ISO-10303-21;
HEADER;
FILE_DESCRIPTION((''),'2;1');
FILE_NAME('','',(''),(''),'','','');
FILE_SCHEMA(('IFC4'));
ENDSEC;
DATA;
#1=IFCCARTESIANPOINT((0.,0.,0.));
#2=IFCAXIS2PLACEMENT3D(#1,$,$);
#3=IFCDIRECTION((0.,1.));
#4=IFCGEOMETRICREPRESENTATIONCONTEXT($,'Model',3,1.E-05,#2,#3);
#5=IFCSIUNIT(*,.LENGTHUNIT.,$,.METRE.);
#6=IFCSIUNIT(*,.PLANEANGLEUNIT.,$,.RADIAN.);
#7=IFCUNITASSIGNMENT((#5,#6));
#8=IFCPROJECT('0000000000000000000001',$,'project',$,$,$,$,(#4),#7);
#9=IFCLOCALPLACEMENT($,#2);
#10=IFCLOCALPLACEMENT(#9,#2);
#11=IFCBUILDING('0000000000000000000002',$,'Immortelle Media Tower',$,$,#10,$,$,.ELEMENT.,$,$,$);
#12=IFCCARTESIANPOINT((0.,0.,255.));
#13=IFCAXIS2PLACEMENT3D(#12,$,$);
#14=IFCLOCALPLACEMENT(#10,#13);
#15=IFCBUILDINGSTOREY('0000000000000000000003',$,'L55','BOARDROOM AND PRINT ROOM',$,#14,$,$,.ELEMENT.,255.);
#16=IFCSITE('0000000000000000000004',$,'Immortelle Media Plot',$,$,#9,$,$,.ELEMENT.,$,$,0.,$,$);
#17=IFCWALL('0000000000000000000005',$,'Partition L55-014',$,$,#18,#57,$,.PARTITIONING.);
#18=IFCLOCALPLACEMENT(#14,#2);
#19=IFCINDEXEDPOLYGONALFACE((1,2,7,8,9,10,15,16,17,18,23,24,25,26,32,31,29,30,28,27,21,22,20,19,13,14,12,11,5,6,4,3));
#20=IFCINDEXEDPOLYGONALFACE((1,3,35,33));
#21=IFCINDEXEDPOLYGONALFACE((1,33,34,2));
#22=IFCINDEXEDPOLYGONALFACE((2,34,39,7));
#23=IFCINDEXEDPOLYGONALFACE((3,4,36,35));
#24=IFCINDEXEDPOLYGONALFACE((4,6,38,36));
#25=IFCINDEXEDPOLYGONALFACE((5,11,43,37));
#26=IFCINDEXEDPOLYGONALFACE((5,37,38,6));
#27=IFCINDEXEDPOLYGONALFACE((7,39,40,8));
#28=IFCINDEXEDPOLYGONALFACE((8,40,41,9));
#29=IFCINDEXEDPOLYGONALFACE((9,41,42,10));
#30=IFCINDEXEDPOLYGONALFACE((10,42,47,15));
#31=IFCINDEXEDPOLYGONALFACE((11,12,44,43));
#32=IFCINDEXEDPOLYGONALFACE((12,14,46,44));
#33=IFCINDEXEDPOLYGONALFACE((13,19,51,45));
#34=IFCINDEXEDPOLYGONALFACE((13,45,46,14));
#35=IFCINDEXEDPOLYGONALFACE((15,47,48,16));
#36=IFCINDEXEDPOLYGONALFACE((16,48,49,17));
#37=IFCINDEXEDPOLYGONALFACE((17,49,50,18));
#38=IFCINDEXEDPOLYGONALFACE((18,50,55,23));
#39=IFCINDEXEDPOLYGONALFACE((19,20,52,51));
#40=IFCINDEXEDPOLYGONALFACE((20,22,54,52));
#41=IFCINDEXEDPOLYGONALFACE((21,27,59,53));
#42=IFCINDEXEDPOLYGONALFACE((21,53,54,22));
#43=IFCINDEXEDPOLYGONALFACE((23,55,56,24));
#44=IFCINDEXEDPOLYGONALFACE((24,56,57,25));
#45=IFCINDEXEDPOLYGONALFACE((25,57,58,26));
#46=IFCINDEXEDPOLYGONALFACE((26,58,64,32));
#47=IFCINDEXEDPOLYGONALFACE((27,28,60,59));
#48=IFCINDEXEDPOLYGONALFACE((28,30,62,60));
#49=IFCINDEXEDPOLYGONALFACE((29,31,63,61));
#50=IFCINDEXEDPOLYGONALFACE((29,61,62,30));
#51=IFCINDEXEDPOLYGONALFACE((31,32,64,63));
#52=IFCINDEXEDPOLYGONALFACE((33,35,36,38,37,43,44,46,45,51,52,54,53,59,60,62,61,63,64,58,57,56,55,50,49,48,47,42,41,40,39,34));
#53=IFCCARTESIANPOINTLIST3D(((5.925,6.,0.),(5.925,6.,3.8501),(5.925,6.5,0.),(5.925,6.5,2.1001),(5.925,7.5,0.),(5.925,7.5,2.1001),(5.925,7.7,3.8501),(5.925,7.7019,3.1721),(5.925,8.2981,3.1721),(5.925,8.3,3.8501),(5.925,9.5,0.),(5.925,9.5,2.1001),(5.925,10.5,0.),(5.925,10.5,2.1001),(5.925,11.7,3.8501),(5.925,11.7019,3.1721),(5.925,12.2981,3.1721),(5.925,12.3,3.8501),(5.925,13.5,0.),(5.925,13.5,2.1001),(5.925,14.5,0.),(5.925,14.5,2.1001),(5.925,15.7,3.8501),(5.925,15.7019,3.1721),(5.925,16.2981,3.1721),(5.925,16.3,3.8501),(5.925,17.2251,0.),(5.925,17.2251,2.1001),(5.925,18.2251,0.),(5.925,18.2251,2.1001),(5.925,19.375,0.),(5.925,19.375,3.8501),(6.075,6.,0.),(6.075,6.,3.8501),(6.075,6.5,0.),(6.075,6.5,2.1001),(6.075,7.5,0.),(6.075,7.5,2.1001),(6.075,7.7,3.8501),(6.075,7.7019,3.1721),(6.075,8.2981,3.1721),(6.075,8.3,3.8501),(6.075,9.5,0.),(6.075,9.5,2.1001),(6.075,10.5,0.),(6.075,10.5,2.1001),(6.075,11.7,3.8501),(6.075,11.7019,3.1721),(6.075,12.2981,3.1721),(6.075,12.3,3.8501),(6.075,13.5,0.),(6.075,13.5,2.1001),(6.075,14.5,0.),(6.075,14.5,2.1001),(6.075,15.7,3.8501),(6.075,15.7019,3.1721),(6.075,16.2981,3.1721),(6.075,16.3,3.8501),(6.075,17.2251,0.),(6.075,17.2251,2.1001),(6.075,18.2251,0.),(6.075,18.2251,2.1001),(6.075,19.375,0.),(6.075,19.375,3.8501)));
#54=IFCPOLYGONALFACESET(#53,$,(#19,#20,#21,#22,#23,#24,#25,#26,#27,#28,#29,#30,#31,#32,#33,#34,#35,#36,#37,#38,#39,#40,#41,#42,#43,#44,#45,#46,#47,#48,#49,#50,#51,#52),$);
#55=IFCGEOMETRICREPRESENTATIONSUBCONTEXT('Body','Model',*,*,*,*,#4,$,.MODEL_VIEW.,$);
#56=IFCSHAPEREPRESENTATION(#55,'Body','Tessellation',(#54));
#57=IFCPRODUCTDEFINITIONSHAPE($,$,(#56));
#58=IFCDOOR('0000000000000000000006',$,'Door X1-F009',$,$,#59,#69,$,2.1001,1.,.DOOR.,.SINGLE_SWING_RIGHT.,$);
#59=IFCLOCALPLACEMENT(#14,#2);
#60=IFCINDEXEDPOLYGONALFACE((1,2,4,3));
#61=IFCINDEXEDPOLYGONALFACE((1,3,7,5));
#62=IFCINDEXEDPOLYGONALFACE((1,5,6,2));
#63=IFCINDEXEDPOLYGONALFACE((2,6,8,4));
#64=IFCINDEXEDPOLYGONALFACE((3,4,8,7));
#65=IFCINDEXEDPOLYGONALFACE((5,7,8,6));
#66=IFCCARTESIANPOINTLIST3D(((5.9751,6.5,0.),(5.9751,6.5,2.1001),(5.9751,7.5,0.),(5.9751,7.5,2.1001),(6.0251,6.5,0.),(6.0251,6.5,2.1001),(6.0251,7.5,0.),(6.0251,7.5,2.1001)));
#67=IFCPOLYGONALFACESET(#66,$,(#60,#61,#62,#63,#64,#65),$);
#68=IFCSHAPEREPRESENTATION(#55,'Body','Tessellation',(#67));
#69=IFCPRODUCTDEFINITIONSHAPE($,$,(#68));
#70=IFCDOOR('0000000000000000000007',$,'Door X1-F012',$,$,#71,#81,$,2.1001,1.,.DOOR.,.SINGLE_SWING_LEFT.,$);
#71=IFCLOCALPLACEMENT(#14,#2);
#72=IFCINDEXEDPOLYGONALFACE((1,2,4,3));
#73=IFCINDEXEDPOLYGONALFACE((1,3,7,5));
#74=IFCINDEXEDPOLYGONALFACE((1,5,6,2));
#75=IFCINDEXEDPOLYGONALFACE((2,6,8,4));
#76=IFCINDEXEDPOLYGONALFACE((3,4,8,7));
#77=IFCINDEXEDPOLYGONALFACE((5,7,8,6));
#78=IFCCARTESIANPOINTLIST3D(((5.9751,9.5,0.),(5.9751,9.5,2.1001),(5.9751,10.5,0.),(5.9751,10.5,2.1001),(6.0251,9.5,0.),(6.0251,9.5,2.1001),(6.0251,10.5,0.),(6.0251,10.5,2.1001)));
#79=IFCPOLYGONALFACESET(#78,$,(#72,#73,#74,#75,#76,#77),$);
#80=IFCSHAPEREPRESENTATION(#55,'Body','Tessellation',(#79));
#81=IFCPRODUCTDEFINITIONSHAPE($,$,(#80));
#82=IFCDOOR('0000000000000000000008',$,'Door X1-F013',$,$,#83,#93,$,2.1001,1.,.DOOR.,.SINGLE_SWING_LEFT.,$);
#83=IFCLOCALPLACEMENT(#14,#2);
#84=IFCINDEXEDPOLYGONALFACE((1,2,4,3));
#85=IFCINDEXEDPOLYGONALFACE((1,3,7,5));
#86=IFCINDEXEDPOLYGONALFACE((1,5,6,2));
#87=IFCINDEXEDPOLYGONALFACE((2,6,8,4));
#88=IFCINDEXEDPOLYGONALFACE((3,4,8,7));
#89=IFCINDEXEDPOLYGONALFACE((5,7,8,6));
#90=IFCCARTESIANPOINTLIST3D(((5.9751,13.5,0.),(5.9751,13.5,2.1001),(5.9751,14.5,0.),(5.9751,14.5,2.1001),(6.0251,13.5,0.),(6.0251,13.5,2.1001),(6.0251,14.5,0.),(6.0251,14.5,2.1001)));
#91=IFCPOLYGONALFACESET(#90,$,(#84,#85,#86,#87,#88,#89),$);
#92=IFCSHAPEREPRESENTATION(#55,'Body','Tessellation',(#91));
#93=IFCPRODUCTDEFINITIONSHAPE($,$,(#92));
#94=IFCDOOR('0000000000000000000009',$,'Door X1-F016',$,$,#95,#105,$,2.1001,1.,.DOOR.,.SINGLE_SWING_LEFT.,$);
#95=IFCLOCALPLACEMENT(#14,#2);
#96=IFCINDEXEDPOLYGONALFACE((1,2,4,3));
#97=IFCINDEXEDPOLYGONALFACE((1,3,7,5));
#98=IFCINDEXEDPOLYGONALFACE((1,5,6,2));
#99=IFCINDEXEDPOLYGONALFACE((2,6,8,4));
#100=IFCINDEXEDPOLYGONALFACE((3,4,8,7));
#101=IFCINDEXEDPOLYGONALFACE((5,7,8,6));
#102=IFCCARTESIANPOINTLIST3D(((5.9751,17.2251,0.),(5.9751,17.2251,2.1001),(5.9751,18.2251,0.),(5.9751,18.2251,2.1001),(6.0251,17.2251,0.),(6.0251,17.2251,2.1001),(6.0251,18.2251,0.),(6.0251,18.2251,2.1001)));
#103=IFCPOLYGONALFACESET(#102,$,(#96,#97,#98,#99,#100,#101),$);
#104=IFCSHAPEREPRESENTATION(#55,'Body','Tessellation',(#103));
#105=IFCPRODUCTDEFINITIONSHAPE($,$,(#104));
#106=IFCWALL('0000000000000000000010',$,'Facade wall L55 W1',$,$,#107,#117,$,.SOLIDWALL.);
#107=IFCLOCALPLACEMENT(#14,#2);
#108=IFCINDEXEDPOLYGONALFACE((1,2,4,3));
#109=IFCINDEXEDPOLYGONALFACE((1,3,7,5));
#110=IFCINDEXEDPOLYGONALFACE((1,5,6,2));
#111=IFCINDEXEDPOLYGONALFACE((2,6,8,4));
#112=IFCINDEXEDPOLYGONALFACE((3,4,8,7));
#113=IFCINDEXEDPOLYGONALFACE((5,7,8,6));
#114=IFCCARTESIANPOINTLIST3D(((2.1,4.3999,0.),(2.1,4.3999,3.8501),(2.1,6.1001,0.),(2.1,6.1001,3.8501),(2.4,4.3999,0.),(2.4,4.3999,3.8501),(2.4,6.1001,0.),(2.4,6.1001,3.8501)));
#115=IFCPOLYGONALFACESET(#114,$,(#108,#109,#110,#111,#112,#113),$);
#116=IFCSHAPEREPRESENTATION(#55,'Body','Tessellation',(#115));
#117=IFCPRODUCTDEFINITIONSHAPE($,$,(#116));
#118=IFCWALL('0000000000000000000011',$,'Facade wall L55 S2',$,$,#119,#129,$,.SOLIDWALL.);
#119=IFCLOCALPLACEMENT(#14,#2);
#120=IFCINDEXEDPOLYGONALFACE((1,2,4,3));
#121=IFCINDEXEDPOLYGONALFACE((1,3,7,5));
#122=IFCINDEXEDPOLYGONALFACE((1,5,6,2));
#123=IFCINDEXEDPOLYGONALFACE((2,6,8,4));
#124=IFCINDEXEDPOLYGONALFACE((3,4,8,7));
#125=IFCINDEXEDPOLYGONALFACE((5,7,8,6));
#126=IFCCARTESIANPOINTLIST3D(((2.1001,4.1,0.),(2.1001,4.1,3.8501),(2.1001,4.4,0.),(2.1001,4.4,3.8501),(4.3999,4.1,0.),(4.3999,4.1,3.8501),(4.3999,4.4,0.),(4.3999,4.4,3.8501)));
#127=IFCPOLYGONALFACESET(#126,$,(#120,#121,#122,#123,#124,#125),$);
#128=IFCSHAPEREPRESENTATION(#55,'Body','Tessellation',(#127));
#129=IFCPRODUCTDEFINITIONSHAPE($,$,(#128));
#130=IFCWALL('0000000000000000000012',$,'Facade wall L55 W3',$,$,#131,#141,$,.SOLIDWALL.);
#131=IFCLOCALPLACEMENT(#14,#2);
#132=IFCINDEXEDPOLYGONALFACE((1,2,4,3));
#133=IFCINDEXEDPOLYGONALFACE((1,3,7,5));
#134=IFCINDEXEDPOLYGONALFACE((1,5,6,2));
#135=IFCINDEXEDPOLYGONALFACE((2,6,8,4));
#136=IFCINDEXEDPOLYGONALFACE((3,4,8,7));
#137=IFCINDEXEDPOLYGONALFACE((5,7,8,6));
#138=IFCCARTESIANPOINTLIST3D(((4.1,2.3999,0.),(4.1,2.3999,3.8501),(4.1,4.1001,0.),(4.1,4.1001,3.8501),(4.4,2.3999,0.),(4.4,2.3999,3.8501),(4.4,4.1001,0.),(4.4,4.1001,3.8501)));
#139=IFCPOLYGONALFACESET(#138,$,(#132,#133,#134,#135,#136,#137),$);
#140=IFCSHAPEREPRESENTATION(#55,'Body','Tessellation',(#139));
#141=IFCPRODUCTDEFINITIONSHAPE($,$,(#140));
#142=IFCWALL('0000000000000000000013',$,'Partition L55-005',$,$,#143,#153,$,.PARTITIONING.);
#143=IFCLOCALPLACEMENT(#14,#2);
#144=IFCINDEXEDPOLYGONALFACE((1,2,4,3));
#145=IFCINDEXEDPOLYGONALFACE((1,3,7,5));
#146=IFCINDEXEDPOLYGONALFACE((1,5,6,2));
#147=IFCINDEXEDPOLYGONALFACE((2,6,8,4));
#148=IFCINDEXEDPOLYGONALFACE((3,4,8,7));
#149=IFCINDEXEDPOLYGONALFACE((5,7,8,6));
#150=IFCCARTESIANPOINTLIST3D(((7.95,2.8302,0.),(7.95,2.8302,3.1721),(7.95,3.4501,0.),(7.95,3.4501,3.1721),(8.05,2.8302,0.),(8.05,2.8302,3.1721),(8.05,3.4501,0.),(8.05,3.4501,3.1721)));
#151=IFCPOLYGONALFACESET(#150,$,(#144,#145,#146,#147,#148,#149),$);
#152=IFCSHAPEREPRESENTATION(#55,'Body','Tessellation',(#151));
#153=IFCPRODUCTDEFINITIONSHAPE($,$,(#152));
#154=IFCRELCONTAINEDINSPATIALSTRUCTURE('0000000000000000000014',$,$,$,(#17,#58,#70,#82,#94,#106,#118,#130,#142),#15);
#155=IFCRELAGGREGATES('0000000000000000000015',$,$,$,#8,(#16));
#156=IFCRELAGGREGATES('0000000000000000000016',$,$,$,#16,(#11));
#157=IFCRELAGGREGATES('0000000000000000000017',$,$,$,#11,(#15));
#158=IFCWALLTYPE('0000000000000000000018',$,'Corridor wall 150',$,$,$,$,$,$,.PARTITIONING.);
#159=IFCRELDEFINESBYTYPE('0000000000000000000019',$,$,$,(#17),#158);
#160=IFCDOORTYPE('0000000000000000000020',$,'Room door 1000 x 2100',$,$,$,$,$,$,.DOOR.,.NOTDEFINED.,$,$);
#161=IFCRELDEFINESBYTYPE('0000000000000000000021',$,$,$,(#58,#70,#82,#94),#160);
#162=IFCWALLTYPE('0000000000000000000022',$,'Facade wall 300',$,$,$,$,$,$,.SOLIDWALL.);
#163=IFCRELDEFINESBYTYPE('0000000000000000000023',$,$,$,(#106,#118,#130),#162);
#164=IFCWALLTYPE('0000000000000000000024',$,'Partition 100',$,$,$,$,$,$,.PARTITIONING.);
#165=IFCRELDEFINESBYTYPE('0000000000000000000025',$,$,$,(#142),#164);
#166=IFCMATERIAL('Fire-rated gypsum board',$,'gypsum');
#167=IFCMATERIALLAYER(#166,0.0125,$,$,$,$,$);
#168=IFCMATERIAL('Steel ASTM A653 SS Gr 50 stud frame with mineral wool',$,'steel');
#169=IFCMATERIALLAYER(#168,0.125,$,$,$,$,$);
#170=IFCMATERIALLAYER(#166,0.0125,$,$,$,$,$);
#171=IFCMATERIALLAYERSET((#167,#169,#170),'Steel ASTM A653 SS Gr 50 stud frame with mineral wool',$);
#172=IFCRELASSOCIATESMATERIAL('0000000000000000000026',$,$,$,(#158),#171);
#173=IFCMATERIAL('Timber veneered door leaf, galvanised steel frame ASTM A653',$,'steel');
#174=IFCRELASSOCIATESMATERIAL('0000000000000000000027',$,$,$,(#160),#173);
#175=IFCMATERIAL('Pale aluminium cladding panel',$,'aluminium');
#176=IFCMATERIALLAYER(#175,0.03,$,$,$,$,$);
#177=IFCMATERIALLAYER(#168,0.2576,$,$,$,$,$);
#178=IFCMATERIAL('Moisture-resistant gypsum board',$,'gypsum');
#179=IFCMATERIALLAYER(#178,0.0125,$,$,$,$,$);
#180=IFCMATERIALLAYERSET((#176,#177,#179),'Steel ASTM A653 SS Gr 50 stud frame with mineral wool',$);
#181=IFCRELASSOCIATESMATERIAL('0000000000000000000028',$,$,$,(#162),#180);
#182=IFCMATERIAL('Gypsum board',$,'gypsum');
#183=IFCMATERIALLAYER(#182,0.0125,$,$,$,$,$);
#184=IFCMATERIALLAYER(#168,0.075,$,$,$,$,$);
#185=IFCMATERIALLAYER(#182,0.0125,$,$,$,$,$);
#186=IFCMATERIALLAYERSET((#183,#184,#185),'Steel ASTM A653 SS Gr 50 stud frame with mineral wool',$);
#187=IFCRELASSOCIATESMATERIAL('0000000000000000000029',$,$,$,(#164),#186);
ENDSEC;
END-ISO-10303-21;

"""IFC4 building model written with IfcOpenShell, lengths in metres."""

from ifc_helpers import new_model, si_unit, direction, frame, frame_2d, origin, place, context, subcontext, project, spatial, polyline, rectangle, outline, extrude, material, layer, layer_set, type_object, element, fill, save


model = new_model("IFC4")

# Units and contexts
model_context = context("Model", 3, precision=1e-05, world=origin(), true_north=direction((0.0, 1.0)))
body_context = subcontext(model_context, "Body", "Model", "MODEL_VIEW")
ifc_project = project(units=[si_unit("LENGTHUNIT", "METRE"), si_unit("PLANEANGLEUNIT", "RADIAN")], contexts=[model_context])

# Site, building, storey
site_placement = place(None, origin())
site = spatial("IfcSite", under=ifc_project, at=site_placement, Name="Immortelle Media Plot", CompositionType="ELEMENT", RefElevation=0.0)
building_placement = place(site_placement, origin())
building = spatial("IfcBuilding", under=site, at=building_placement, Name="Immortelle Media Tower", CompositionType="ELEMENT")
storey_placement = place(building_placement, frame((0.0, 0.0, 255.0)))
storey = spatial("IfcBuildingStorey", under=building, at=storey_placement, Name="L55", Description="BOARDROOM AND PRINT ROOM", CompositionType="ELEMENT", Elevation=255.0)

# Wall, openings, doors
ifc_material_1 = material(Name="Fire-rated gypsum board", Category="gypsum")
ifc_layer_1 = layer(ifc_material_1, 0.0125)
ifc_material_2 = material(Name="Steel ASTM A653 SS Gr 50 stud frame with mineral wool", Category="steel")
ifc_layer_2 = layer(ifc_material_2, 0.125)
ifc_layer_3 = layer(ifc_material_1, 0.0125)
ifc_layer_set_1 = layer_set([ifc_layer_1, ifc_layer_2, ifc_layer_3], Name="Steel ASTM A653 SS Gr 50 stud frame with mineral wool")
wall_type_1 = type_object("IfcWallType", Name="Corridor wall 150", PredefinedType="PARTITIONING", material=ifc_layer_set_1)
ifc_material_3 = material(Name="Timber veneered door leaf, galvanised steel frame ASTM A653", Category="steel")
door_type = type_object("IfcDoorType", Name="Room door 1000 x 2100", OperationType="NOTDEFINED", PredefinedType="DOOR", material=ifc_material_3)
wall_1_placement = place(storey_placement, frame((6.0, 6.0, 0.0), z_axis=(0.0, 0.0, 1.0), x_axis=(0.0, 1.0, 0.0)))
wall_1 = element("IfcWall", 1, at=wall_1_placement, inside=storey, type_object=wall_type_1, Name="Partition L55-014", PredefinedType="PARTITIONING", context=body_context, shape_type="SweptSolid", body=[
    extrude(outline(polyline([(0.0, 0.0), (13.375, 0.0), (13.375, 3.8501), (10.3, 3.8501), (10.2981, 3.1721), (9.7019, 3.1721), (9.7, 3.8501), (6.3, 3.8501), (6.2981, 3.1721), (5.7019, 3.1721), (5.7, 3.8501), (2.3, 3.8501), (2.2981, 3.1721), (1.7019, 3.1721), (1.7, 3.8501), (0.0, 3.8501), (0.0, 0.0)])), frame((0.0, 0.075, 0.0), z_axis=(0.0, -1.0, 0.0), x_axis=(1.0, 0.0, 0.0)), (0.0, 0.0, 1.0), 0.1499),
])
opening_1_placement = place(wall_1_placement, frame((0.5, 0.0, 0.0)))
opening_1 = element("IfcOpeningElement", 2, at=opening_1_placement, cuts=wall_1, PredefinedType="OPENING", context=body_context, shape_type="SweptSolid", body=[
    extrude(rectangle(XDim=1.0, YDim=2.1001, at=frame_2d((0.5, 1.05))), frame((0.0, 0.085, 0.0), z_axis=(0.0, -1.0, 0.0), x_axis=(1.0, 0.0, 0.0)), (0.0, 0.0, 1.0), 0.1699),
])
opening_2_placement = place(wall_1_placement, frame((3.5, 0.0, 0.0)))
opening_2 = element("IfcOpeningElement", 3, at=opening_2_placement, cuts=wall_1, PredefinedType="OPENING", context=body_context, shape_type="SweptSolid", body=[
    extrude(rectangle(XDim=1.0, YDim=2.1001, at=frame_2d((0.5, 1.05))), frame((0.0, 0.085, 0.0), z_axis=(0.0, -1.0, 0.0), x_axis=(1.0, 0.0, 0.0)), (0.0, 0.0, 1.0), 0.1699),
])
opening_3_placement = place(wall_1_placement, frame((7.5, 0.0, 0.0)))
opening_3 = element("IfcOpeningElement", 4, at=opening_3_placement, cuts=wall_1, PredefinedType="OPENING", context=body_context, shape_type="SweptSolid", body=[
    extrude(rectangle(XDim=1.0, YDim=2.1001, at=frame_2d((0.5, 1.05))), frame((0.0, 0.085, 0.0), z_axis=(0.0, -1.0, 0.0), x_axis=(1.0, 0.0, 0.0)), (0.0, 0.0, 1.0), 0.1699),
])
opening_4_placement = place(wall_1_placement, frame((11.2251, 0.0, 0.0)))
opening_4 = element("IfcOpeningElement", 5, at=opening_4_placement, cuts=wall_1, PredefinedType="OPENING", context=body_context, shape_type="SweptSolid", body=[
    extrude(rectangle(XDim=1.0, YDim=2.1001, at=frame_2d((0.5, 1.05))), frame((0.0, 0.085, 0.0), z_axis=(0.0, -1.0, 0.0), x_axis=(1.0, 0.0, 0.0)), (0.0, 0.0, 1.0), 0.1699),
])
door_1_placement = place(opening_1_placement, origin())
door_1 = element("IfcDoor", 6, at=door_1_placement, inside=storey, type_object=door_type, Name="Door X1-F009", OperationType="SINGLE_SWING_RIGHT", OverallHeight=2.1001, OverallWidth=1.0, PredefinedType="DOOR", context=body_context, shape_type="SweptSolid", body=[
    extrude(rectangle(XDim=1.0, YDim=2.1001, at=frame_2d((0.5, 1.05))), frame((0.0, 0.0249, 0.0), z_axis=(0.0, -1.0, 0.0), x_axis=(1.0, 0.0, 0.0)), (0.0, 0.0, 1.0), 0.05),
])
fill(opening_1, door_1)
door_2_placement = place(opening_2_placement, origin())
door_2 = element("IfcDoor", 7, at=door_2_placement, inside=storey, type_object=door_type, Name="Door X1-F012", OperationType="SINGLE_SWING_LEFT", OverallHeight=2.1001, OverallWidth=1.0, PredefinedType="DOOR", context=body_context, shape_type="SweptSolid", body=[
    extrude(rectangle(XDim=1.0, YDim=2.1001, at=frame_2d((0.5, 1.05))), frame((0.0, 0.0249, 0.0), z_axis=(0.0, -1.0, 0.0), x_axis=(1.0, 0.0, 0.0)), (0.0, 0.0, 1.0), 0.05),
])
fill(opening_2, door_2)
door_3_placement = place(opening_3_placement, origin())
door_3 = element("IfcDoor", 8, at=door_3_placement, inside=storey, type_object=door_type, Name="Door X1-F013", OperationType="SINGLE_SWING_LEFT", OverallHeight=2.1001, OverallWidth=1.0, PredefinedType="DOOR", context=body_context, shape_type="SweptSolid", body=[
    extrude(rectangle(XDim=1.0, YDim=2.1001, at=frame_2d((0.5, 1.05))), frame((0.0, 0.0249, 0.0), z_axis=(0.0, -1.0, 0.0), x_axis=(1.0, 0.0, 0.0)), (0.0, 0.0, 1.0), 0.05),
])
fill(opening_3, door_3)
door_4_placement = place(opening_4_placement, origin())
door_4 = element("IfcDoor", 9, at=door_4_placement, inside=storey, type_object=door_type, Name="Door X1-F016", OperationType="SINGLE_SWING_LEFT", OverallHeight=2.1001, OverallWidth=1.0, PredefinedType="DOOR", context=body_context, shape_type="SweptSolid", body=[
    extrude(rectangle(XDim=1.0, YDim=2.1001, at=frame_2d((0.5, 1.05))), frame((0.0, 0.0249, 0.0), z_axis=(0.0, -1.0, 0.0), x_axis=(1.0, 0.0, 0.0)), (0.0, 0.0, 1.0), 0.05),
])
fill(opening_4, door_4)

# Walls
ifc_material_4 = material(Name="Pale aluminium cladding panel", Category="aluminium")
ifc_layer_4 = layer(ifc_material_4, 0.03)
ifc_layer_5 = layer(ifc_material_2, 0.2576)
ifc_material_5 = material(Name="Moisture-resistant gypsum board", Category="gypsum")
ifc_layer_6 = layer(ifc_material_5, 0.0125)
ifc_layer_set_2 = layer_set([ifc_layer_4, ifc_layer_5, ifc_layer_6], Name="Steel ASTM A653 SS Gr 50 stud frame with mineral wool")
wall_type_2 = type_object("IfcWallType", Name="Facade wall 300", PredefinedType="SOLIDWALL", material=ifc_layer_set_2)
wall_2_placement = place(storey_placement, frame((2.25, 6.1001, 0.0), z_axis=(0.0, 0.0, 1.0), x_axis=(0.0, -1.0, 0.0)))
element("IfcWall", 10, at=wall_2_placement, inside=storey, type_object=wall_type_2, Name="Facade wall L55 W1", PredefinedType="SOLIDWALL", context=body_context, shape_type="SweptSolid", body=[
    extrude(rectangle(XDim=1.7002, YDim=0.3, at=frame_2d((0.8501, 0.0))), origin(), (0.0, 0.0, 1.0), 3.8501),
])
wall_3_placement = place(storey_placement, frame((2.1001, 4.25, 0.0), z_axis=(0.0, 0.0, 1.0), x_axis=(1.0, 0.0, 0.0)))
element("IfcWall", 11, at=wall_3_placement, inside=storey, type_object=wall_type_2, Name="Facade wall L55 S2", PredefinedType="SOLIDWALL", context=body_context, shape_type="SweptSolid", body=[
    extrude(rectangle(XDim=2.2998, YDim=0.3, at=frame_2d((1.1499, 0.0))), origin(), (0.0, 0.0, 1.0), 3.8501),
])
wall_4_placement = place(storey_placement, frame((4.25, 4.1001, 0.0), z_axis=(0.0, 0.0, 1.0), x_axis=(0.0, -1.0, 0.0)))
element("IfcWall", 12, at=wall_4_placement, inside=storey, type_object=wall_type_2, Name="Facade wall L55 W3", PredefinedType="SOLIDWALL", context=body_context, shape_type="SweptSolid", body=[
    extrude(rectangle(XDim=1.7002, YDim=0.3, at=frame_2d((0.8501, 0.0))), origin(), (0.0, 0.0, 1.0), 3.8501),
])
ifc_material_6 = material(Name="Gypsum board", Category="gypsum")
ifc_layer_7 = layer(ifc_material_6, 0.0125)
ifc_layer_8 = layer(ifc_material_2, 0.075)
ifc_layer_9 = layer(ifc_material_6, 0.0125)
ifc_layer_set_3 = layer_set([ifc_layer_7, ifc_layer_8, ifc_layer_9], Name="Steel ASTM A653 SS Gr 50 stud frame with mineral wool")
wall_type_3 = type_object("IfcWallType", Name="Partition 100", PredefinedType="PARTITIONING", material=ifc_layer_set_3)
wall_5_placement = place(storey_placement, frame((8.0, 2.8301, 0.0), z_axis=(0.0, 0.0, 1.0), x_axis=(0.0, 1.0, 0.0)))
element("IfcWall", 13, at=wall_5_placement, inside=storey, type_object=wall_type_3, Name="Partition L55-005", PredefinedType="PARTITIONING", context=body_context, shape_type="SweptSolid", body=[
    extrude(rectangle(XDim=0.6199, YDim=0.1001, at=frame_2d((0.3101, 0.0))), origin(), (0.0, 0.0, 1.0), 3.1721),
])

save(model, "model.ifc")
